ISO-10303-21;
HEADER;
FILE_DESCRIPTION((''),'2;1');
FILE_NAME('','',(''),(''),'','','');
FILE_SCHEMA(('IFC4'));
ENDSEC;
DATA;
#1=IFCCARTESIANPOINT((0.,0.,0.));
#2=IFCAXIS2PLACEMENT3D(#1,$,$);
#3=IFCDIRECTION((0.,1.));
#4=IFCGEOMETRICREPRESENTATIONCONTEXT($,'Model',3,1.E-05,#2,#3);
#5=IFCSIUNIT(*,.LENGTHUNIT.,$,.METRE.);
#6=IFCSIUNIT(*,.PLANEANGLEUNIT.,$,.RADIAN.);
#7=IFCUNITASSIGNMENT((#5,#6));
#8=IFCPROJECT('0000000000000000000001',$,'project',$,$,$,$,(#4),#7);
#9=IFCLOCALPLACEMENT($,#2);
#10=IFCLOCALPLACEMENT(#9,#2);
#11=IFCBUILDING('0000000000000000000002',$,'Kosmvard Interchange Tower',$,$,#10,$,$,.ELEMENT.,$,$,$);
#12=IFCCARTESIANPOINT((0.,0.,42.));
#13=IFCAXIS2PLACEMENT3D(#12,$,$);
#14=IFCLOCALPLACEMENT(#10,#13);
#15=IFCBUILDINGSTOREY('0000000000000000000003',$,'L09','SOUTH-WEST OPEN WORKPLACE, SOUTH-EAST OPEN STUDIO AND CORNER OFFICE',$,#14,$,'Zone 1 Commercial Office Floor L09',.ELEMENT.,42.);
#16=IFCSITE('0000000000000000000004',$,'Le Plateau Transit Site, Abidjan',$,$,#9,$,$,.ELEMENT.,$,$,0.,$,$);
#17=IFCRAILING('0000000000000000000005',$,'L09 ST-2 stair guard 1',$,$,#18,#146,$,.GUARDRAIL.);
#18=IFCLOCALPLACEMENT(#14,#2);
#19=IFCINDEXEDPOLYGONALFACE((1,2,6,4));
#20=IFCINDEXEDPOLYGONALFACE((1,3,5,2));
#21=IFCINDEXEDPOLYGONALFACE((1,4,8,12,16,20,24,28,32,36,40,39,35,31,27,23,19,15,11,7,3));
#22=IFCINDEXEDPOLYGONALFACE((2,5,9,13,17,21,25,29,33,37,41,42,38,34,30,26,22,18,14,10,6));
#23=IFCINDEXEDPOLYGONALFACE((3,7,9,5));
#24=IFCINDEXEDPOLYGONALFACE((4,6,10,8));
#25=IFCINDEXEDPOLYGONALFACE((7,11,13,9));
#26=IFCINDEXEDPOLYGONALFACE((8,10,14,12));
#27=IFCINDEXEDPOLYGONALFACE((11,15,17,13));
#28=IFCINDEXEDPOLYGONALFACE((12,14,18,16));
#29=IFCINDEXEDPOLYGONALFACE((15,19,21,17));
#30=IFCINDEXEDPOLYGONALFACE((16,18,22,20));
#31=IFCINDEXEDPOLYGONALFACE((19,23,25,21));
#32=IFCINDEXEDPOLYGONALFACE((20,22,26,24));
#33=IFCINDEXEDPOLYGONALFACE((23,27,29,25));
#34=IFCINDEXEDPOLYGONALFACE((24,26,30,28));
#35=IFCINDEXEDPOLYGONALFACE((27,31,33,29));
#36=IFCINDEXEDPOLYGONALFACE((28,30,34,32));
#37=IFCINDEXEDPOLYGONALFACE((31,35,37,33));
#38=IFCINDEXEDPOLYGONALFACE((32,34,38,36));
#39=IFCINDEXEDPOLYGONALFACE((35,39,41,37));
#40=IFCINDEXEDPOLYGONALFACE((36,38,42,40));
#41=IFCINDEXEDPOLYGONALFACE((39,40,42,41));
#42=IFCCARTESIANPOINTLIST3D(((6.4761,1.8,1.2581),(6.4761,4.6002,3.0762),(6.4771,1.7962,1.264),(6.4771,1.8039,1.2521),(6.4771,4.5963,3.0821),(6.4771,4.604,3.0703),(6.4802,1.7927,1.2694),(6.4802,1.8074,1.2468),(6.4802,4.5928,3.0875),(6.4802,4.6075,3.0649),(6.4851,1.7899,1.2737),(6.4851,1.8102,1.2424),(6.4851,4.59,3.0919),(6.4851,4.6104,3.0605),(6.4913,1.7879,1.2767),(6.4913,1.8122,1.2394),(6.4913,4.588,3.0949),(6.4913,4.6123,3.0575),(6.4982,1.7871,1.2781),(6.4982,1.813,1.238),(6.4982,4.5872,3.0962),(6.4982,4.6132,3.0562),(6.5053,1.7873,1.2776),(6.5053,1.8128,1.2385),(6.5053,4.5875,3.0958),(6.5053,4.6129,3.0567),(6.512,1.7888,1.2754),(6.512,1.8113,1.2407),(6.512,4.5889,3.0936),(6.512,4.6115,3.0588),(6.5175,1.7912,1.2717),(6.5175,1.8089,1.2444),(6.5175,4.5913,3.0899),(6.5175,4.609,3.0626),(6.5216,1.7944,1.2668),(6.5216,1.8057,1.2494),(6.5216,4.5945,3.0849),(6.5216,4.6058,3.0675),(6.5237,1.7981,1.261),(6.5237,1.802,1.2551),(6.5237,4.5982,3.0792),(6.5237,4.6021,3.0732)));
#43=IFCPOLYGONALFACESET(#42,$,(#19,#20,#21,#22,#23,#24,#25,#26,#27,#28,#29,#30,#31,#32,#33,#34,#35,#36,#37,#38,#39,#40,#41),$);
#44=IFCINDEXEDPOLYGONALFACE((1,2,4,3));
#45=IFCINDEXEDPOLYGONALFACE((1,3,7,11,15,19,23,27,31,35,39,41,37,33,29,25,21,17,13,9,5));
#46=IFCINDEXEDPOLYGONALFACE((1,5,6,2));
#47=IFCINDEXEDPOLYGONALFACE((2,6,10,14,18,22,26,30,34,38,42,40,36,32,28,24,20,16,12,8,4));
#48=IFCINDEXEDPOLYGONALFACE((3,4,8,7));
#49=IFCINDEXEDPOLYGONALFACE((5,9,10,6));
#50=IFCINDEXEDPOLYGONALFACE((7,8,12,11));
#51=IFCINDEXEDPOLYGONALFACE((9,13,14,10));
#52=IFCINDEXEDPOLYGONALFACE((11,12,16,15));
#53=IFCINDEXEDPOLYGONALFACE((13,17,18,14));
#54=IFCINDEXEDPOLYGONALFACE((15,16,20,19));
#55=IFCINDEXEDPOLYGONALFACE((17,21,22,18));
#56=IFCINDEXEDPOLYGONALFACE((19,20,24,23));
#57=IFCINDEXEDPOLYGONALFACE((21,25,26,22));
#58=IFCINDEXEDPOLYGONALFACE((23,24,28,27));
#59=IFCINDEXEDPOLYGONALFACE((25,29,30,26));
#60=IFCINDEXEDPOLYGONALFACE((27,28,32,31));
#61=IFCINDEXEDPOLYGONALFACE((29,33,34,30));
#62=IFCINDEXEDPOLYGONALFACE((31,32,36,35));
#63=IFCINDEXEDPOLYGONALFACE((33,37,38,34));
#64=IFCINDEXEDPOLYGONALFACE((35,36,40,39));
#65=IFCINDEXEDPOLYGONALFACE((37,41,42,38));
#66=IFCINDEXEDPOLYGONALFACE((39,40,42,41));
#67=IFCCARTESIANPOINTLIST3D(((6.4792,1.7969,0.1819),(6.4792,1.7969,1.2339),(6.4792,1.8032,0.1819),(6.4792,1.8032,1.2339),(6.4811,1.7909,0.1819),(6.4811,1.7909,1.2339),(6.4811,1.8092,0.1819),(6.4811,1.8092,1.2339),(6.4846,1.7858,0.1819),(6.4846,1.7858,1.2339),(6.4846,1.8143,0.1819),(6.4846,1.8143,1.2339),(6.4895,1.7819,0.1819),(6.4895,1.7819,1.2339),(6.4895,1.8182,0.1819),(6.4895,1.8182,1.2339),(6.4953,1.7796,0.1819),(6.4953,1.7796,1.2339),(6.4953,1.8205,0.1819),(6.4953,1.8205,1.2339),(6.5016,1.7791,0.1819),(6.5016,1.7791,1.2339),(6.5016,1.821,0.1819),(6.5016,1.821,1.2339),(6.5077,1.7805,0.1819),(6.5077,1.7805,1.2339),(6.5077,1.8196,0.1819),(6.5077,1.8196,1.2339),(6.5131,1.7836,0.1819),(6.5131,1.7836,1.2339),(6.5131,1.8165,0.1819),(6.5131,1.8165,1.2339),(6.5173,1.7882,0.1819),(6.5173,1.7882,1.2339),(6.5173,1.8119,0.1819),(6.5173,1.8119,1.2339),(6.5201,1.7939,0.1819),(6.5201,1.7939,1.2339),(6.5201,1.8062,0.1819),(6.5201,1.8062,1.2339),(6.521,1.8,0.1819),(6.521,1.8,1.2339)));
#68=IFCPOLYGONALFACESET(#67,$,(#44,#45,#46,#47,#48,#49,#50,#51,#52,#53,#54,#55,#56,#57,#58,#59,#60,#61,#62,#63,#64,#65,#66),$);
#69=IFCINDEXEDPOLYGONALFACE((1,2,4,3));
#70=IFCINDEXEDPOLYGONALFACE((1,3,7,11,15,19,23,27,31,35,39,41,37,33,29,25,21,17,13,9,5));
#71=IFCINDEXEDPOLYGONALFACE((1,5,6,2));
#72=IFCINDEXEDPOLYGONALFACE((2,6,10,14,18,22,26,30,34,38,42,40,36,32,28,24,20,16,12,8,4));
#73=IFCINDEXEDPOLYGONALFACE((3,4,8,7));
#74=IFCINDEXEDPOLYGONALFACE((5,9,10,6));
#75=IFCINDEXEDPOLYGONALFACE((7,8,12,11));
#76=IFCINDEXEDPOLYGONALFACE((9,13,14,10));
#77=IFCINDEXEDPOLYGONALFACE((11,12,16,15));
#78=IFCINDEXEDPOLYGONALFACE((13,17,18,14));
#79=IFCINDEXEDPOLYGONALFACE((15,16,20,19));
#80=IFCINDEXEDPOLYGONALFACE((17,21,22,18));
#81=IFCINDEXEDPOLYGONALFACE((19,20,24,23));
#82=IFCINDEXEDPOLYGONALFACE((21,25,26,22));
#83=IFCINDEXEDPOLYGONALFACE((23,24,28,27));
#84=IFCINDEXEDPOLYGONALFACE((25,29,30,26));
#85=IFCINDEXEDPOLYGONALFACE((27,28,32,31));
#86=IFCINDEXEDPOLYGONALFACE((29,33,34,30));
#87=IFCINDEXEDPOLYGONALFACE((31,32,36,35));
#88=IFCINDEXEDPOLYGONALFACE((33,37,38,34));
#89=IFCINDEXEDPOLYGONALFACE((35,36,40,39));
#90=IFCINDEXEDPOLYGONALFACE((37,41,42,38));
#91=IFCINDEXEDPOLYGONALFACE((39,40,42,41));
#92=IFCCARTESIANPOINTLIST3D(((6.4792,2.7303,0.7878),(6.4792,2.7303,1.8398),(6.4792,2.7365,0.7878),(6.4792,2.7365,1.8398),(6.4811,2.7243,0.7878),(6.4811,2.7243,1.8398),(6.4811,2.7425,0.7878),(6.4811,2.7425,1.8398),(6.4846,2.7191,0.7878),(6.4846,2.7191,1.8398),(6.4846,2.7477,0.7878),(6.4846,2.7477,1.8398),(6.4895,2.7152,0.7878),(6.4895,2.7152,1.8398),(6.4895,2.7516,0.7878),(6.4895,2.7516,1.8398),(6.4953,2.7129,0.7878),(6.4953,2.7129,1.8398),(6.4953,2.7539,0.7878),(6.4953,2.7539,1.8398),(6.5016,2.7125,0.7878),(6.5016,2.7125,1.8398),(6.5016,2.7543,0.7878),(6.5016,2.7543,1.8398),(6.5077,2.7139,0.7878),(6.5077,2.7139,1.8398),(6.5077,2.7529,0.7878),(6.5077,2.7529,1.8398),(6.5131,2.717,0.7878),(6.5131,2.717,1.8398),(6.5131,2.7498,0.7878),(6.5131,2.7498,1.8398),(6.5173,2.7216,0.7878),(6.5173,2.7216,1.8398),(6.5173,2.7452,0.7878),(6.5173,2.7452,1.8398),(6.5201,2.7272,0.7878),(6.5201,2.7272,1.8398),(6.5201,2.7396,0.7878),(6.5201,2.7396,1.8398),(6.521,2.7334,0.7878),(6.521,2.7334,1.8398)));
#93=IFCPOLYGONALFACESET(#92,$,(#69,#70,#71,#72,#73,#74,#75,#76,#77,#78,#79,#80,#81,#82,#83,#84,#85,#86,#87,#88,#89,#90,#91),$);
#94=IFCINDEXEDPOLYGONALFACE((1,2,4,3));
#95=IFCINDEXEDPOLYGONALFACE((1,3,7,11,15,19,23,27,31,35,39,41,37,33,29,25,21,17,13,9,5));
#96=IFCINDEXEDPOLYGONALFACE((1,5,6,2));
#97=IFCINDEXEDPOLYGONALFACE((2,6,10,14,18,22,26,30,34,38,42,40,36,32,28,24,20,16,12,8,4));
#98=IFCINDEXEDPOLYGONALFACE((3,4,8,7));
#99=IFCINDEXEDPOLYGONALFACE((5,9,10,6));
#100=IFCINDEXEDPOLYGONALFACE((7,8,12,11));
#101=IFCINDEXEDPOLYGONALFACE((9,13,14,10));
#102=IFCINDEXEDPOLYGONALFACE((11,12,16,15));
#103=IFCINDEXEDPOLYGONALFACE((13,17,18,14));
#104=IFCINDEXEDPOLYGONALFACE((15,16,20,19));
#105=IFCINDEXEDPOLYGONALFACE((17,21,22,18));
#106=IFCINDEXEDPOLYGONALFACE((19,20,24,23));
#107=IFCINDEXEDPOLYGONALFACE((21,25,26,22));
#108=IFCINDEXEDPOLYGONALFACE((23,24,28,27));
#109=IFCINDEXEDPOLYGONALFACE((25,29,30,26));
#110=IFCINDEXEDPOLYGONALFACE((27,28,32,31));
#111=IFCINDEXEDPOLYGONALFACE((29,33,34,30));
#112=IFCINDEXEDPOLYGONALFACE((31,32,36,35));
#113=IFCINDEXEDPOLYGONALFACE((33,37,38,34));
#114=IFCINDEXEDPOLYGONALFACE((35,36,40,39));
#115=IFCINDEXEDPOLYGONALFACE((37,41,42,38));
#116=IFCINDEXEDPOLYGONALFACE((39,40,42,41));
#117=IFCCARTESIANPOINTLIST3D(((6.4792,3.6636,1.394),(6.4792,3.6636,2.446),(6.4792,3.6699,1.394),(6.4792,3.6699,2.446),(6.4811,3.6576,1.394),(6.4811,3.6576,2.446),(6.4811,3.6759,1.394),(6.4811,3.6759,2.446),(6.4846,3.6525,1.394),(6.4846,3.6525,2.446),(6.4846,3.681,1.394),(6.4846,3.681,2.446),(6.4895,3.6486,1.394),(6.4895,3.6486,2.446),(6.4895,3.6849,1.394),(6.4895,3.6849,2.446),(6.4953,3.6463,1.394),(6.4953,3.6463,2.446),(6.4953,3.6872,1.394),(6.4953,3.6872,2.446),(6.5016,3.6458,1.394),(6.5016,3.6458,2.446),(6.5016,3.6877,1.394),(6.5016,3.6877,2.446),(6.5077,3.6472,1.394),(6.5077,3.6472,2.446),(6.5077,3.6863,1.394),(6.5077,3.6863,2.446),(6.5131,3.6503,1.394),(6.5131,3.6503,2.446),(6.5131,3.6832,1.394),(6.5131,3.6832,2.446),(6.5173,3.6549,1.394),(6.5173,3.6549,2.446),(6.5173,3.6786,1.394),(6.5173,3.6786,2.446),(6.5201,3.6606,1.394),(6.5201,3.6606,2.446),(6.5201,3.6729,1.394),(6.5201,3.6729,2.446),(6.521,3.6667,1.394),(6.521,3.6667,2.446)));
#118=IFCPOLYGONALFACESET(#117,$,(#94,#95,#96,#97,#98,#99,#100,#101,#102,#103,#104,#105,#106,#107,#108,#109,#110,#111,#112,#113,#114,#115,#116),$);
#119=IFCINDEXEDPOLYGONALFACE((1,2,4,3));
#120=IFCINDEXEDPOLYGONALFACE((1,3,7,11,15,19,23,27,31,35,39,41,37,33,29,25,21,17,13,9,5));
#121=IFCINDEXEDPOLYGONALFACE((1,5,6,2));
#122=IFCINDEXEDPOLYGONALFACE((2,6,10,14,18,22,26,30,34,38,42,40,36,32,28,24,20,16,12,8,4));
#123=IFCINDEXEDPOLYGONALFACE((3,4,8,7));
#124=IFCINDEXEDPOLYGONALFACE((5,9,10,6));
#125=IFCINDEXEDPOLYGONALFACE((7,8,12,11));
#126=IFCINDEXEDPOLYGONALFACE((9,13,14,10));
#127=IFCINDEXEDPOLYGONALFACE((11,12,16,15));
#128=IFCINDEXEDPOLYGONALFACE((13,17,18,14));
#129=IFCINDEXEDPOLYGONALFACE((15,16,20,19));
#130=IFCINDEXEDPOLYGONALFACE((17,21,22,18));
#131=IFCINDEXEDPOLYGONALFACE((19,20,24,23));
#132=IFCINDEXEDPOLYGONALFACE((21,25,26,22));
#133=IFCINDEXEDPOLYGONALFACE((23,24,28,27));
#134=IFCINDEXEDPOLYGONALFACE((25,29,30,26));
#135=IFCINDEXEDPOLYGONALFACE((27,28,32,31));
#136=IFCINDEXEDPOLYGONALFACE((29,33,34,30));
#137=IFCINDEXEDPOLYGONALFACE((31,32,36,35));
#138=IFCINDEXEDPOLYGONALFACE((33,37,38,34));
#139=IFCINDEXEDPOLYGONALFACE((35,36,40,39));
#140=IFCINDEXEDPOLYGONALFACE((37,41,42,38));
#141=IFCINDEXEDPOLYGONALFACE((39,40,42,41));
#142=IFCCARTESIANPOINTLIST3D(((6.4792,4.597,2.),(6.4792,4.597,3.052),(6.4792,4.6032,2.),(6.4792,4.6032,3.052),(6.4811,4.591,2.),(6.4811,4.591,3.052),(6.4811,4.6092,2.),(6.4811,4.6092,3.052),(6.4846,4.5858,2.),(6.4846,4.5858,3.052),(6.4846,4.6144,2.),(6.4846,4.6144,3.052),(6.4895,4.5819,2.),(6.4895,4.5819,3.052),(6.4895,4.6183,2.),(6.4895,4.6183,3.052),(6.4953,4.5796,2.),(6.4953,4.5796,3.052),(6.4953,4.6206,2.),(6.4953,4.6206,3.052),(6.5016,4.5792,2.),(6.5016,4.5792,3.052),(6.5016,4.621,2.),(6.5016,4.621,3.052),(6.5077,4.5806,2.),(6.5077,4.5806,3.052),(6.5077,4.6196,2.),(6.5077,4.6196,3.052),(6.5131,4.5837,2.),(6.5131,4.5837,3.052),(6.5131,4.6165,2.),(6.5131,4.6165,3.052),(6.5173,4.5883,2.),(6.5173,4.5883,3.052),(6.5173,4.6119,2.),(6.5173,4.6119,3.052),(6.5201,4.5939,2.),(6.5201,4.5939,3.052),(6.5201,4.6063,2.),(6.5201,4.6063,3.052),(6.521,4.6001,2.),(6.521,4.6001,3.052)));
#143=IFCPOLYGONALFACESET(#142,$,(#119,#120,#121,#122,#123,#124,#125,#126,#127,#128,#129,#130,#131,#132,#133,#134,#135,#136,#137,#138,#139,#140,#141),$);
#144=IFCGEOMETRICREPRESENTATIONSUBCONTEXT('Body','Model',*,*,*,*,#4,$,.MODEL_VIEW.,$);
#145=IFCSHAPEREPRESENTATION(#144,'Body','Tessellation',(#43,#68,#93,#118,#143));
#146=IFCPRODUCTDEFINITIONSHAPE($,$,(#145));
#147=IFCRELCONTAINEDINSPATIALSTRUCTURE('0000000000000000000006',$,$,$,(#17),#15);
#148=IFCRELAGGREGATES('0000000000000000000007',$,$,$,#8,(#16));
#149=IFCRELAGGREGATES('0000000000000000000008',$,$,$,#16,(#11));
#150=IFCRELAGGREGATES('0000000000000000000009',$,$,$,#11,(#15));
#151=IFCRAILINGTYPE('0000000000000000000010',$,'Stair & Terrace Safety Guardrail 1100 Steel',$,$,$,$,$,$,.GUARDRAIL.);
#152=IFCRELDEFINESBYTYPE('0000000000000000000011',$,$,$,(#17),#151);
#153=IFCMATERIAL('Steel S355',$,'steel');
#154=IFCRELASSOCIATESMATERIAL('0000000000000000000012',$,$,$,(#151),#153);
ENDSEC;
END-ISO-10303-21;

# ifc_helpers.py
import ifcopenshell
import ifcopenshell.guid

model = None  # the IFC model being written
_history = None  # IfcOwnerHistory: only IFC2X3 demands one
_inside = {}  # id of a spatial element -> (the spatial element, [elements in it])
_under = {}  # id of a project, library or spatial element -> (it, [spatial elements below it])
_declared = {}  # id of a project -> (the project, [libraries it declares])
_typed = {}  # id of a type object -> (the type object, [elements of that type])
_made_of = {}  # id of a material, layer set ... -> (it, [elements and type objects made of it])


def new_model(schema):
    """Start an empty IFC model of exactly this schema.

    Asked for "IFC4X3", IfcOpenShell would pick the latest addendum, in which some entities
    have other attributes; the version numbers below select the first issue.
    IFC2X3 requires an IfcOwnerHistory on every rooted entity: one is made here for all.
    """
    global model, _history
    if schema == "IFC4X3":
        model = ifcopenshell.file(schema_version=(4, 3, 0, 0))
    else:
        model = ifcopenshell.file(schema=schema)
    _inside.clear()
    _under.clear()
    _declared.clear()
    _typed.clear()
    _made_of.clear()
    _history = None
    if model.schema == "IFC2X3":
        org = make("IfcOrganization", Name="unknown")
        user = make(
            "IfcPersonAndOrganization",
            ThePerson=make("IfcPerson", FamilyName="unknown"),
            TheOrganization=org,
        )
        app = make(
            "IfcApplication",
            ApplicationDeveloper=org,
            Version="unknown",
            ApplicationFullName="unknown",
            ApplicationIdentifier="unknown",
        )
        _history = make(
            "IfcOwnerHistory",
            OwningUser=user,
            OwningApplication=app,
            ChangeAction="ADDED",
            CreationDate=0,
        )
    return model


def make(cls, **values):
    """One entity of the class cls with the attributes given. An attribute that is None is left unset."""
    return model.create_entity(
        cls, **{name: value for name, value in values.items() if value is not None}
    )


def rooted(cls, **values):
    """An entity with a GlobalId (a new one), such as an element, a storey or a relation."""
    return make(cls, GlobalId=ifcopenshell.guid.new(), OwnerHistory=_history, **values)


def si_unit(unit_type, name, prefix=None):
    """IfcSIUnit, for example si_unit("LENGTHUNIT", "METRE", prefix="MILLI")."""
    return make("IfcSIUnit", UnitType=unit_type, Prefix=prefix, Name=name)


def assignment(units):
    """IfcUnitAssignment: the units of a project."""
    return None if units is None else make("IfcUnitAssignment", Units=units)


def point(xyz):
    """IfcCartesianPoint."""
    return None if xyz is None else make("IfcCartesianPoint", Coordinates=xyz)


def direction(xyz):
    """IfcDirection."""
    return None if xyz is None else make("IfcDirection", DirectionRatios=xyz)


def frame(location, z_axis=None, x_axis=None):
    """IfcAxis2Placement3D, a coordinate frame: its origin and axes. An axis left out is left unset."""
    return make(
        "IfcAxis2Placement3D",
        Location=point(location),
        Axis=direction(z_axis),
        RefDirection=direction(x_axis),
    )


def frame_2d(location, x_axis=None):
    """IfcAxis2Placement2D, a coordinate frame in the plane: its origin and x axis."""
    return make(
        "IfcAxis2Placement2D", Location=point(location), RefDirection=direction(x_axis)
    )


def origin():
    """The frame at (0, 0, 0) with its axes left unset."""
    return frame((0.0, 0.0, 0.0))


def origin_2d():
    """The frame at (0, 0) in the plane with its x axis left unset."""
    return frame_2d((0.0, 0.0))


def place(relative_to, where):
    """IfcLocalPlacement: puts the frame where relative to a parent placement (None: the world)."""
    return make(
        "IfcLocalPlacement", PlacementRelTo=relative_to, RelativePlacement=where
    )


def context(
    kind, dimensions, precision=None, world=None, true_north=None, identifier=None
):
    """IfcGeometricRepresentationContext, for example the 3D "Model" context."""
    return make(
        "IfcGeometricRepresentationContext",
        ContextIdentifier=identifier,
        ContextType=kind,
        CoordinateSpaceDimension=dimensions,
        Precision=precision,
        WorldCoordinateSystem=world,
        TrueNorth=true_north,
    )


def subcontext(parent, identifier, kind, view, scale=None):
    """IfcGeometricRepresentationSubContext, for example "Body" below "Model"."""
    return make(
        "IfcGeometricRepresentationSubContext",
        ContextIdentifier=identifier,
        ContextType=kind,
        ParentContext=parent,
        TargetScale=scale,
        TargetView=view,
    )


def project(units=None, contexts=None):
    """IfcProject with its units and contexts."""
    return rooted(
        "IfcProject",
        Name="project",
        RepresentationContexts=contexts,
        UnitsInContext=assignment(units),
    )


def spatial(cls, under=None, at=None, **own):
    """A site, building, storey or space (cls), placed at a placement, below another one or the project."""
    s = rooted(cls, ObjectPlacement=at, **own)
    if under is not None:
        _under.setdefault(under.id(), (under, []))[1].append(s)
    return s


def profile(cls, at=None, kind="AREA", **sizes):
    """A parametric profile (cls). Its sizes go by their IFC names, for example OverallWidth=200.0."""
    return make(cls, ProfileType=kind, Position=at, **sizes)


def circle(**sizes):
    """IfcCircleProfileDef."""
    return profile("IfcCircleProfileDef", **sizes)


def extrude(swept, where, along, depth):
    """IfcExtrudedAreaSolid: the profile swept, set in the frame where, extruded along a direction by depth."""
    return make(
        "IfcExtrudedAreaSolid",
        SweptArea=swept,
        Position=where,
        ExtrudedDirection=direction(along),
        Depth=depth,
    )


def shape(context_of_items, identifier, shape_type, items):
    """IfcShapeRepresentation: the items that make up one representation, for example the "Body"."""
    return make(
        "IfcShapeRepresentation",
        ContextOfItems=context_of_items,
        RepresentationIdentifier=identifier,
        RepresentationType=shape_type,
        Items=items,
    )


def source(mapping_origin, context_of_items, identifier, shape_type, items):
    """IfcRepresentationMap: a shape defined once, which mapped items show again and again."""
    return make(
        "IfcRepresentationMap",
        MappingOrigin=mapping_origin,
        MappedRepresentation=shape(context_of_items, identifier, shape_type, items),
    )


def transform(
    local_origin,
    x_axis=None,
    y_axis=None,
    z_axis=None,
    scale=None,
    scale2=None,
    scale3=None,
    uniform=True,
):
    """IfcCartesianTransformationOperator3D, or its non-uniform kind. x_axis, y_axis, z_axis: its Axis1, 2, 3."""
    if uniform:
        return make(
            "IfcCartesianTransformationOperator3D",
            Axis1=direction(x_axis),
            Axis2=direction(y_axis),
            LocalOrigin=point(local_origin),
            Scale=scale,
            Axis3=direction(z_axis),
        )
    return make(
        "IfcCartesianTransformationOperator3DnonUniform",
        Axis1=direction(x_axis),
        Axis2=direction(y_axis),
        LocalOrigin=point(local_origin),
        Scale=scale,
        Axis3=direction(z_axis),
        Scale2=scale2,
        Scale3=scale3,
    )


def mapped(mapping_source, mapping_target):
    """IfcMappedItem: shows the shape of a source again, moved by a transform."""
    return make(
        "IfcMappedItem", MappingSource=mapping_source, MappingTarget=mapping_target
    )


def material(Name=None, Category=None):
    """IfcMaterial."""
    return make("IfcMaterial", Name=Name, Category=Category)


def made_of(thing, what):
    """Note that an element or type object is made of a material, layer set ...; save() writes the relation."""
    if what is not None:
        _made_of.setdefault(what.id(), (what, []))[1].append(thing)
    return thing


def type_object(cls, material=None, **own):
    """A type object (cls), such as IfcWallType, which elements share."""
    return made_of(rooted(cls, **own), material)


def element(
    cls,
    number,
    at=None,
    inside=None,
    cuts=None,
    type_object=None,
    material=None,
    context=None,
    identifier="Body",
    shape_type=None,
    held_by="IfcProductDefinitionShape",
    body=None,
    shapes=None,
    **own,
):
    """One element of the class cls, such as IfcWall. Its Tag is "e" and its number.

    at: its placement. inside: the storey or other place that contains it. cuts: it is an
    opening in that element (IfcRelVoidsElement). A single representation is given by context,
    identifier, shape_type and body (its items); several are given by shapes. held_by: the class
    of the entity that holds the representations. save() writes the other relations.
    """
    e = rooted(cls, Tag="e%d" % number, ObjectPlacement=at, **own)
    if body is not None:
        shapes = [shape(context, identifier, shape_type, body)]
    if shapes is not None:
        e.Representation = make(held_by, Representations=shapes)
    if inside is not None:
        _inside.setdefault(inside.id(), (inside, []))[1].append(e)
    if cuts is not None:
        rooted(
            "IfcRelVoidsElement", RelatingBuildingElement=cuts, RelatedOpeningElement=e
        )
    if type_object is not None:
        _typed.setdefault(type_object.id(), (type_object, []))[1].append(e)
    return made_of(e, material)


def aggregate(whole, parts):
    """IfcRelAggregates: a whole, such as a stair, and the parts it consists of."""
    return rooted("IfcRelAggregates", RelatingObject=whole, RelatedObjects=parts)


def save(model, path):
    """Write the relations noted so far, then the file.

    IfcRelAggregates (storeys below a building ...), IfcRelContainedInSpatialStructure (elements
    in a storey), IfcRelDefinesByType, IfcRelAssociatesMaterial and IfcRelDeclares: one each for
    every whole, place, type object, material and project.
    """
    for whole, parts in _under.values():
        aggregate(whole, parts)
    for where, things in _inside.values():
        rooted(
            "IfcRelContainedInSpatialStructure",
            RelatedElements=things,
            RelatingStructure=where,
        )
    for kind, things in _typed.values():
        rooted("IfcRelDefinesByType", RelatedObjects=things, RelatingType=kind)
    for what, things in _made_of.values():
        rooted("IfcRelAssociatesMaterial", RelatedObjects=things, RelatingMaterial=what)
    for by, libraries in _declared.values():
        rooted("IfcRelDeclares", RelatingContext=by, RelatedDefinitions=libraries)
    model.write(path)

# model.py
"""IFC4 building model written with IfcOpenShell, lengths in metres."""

from ifc_helpers import new_model, si_unit, direction, frame, origin, origin_2d, place, context, subcontext, project, spatial, circle, extrude, source, transform, mapped, material, type_object, element, save


model = new_model("IFC4")

# Units and contexts
model_context = context("Model", 3, precision=1e-05, world=origin(), true_north=direction((0.0, 1.0)))
body_context = subcontext(model_context, "Body", "Model", "MODEL_VIEW")
ifc_project = project(units=[si_unit("LENGTHUNIT", "METRE"), si_unit("PLANEANGLEUNIT", "RADIAN")], contexts=[model_context])

# Site, building, storey
site_placement = place(None, origin())
site = spatial("IfcSite", under=ifc_project, at=site_placement, Name="Le Plateau Transit Site, Abidjan", CompositionType="ELEMENT", RefElevation=0.0)
building_placement = place(site_placement, origin())
building = spatial("IfcBuilding", under=site, at=building_placement, Name="Kosmvard Interchange Tower", CompositionType="ELEMENT")
storey_placement = place(building_placement, frame((0.0, 0.0, 42.0)))
storey = spatial("IfcBuildingStorey", under=building, at=storey_placement, Name="L09", Description="SOUTH-WEST OPEN WORKPLACE, SOUTH-EAST OPEN STUDIO AND CORNER OFFICE", LongName="Zone 1 Commercial Office Floor L09", CompositionType="ELEMENT", Elevation=42.0)

# Shared definitions
ifc_material_1 = material(Name="Steel S355", Category="steel")

# Railing
railing_type_1 = type_object("IfcRailingType", Name="Stair & Terrace Safety Guardrail 1100 Steel", PredefinedType="GUARDRAIL", material=ifc_material_1)
shared_shape_1 = source(origin(), body_context, "Body", "SweptSolid", [
    extrude(circle(Radius=0.0239, at=origin_2d()), frame((0.0, 0.0, 1.0762), z_axis=(0.0, 0.838706, 0.544585), x_axis=(-1.0, 0.0, 0.0)), (0.0, 0.0, 1.0), 3.3386),
    extrude(circle(Radius=0.021, at=origin_2d()), origin(), (0.0, 0.0, 1.0), 1.052),
    extrude(circle(Radius=0.021, at=origin_2d()), frame((0.0, 0.9333, 0.606)), (0.0, 0.0, 1.0), 1.052),
    extrude(circle(Radius=0.021, at=origin_2d()), frame((0.0, 1.8667, 1.2122)), (0.0, 0.0, 1.0), 1.052),
    extrude(circle(Radius=0.021, at=origin_2d()), frame((0.0, 2.8, 1.8181)), (0.0, 0.0, 1.0), 1.052),
])
railing_1_placement = place(storey_placement, frame((6.5, 1.8, 0.1819)))
element("IfcRailing", 1, at=railing_1_placement, inside=storey, type_object=railing_type_1, Name="L09 ST-2 stair guard 1", PredefinedType="GUARDRAIL", context=body_context, shape_type="MappedRepresentation", body=[
    mapped(shared_shape_1, transform((0.0, 0.0, 0.0), scale=1.0)),
])

save(model, "model.ifc")
